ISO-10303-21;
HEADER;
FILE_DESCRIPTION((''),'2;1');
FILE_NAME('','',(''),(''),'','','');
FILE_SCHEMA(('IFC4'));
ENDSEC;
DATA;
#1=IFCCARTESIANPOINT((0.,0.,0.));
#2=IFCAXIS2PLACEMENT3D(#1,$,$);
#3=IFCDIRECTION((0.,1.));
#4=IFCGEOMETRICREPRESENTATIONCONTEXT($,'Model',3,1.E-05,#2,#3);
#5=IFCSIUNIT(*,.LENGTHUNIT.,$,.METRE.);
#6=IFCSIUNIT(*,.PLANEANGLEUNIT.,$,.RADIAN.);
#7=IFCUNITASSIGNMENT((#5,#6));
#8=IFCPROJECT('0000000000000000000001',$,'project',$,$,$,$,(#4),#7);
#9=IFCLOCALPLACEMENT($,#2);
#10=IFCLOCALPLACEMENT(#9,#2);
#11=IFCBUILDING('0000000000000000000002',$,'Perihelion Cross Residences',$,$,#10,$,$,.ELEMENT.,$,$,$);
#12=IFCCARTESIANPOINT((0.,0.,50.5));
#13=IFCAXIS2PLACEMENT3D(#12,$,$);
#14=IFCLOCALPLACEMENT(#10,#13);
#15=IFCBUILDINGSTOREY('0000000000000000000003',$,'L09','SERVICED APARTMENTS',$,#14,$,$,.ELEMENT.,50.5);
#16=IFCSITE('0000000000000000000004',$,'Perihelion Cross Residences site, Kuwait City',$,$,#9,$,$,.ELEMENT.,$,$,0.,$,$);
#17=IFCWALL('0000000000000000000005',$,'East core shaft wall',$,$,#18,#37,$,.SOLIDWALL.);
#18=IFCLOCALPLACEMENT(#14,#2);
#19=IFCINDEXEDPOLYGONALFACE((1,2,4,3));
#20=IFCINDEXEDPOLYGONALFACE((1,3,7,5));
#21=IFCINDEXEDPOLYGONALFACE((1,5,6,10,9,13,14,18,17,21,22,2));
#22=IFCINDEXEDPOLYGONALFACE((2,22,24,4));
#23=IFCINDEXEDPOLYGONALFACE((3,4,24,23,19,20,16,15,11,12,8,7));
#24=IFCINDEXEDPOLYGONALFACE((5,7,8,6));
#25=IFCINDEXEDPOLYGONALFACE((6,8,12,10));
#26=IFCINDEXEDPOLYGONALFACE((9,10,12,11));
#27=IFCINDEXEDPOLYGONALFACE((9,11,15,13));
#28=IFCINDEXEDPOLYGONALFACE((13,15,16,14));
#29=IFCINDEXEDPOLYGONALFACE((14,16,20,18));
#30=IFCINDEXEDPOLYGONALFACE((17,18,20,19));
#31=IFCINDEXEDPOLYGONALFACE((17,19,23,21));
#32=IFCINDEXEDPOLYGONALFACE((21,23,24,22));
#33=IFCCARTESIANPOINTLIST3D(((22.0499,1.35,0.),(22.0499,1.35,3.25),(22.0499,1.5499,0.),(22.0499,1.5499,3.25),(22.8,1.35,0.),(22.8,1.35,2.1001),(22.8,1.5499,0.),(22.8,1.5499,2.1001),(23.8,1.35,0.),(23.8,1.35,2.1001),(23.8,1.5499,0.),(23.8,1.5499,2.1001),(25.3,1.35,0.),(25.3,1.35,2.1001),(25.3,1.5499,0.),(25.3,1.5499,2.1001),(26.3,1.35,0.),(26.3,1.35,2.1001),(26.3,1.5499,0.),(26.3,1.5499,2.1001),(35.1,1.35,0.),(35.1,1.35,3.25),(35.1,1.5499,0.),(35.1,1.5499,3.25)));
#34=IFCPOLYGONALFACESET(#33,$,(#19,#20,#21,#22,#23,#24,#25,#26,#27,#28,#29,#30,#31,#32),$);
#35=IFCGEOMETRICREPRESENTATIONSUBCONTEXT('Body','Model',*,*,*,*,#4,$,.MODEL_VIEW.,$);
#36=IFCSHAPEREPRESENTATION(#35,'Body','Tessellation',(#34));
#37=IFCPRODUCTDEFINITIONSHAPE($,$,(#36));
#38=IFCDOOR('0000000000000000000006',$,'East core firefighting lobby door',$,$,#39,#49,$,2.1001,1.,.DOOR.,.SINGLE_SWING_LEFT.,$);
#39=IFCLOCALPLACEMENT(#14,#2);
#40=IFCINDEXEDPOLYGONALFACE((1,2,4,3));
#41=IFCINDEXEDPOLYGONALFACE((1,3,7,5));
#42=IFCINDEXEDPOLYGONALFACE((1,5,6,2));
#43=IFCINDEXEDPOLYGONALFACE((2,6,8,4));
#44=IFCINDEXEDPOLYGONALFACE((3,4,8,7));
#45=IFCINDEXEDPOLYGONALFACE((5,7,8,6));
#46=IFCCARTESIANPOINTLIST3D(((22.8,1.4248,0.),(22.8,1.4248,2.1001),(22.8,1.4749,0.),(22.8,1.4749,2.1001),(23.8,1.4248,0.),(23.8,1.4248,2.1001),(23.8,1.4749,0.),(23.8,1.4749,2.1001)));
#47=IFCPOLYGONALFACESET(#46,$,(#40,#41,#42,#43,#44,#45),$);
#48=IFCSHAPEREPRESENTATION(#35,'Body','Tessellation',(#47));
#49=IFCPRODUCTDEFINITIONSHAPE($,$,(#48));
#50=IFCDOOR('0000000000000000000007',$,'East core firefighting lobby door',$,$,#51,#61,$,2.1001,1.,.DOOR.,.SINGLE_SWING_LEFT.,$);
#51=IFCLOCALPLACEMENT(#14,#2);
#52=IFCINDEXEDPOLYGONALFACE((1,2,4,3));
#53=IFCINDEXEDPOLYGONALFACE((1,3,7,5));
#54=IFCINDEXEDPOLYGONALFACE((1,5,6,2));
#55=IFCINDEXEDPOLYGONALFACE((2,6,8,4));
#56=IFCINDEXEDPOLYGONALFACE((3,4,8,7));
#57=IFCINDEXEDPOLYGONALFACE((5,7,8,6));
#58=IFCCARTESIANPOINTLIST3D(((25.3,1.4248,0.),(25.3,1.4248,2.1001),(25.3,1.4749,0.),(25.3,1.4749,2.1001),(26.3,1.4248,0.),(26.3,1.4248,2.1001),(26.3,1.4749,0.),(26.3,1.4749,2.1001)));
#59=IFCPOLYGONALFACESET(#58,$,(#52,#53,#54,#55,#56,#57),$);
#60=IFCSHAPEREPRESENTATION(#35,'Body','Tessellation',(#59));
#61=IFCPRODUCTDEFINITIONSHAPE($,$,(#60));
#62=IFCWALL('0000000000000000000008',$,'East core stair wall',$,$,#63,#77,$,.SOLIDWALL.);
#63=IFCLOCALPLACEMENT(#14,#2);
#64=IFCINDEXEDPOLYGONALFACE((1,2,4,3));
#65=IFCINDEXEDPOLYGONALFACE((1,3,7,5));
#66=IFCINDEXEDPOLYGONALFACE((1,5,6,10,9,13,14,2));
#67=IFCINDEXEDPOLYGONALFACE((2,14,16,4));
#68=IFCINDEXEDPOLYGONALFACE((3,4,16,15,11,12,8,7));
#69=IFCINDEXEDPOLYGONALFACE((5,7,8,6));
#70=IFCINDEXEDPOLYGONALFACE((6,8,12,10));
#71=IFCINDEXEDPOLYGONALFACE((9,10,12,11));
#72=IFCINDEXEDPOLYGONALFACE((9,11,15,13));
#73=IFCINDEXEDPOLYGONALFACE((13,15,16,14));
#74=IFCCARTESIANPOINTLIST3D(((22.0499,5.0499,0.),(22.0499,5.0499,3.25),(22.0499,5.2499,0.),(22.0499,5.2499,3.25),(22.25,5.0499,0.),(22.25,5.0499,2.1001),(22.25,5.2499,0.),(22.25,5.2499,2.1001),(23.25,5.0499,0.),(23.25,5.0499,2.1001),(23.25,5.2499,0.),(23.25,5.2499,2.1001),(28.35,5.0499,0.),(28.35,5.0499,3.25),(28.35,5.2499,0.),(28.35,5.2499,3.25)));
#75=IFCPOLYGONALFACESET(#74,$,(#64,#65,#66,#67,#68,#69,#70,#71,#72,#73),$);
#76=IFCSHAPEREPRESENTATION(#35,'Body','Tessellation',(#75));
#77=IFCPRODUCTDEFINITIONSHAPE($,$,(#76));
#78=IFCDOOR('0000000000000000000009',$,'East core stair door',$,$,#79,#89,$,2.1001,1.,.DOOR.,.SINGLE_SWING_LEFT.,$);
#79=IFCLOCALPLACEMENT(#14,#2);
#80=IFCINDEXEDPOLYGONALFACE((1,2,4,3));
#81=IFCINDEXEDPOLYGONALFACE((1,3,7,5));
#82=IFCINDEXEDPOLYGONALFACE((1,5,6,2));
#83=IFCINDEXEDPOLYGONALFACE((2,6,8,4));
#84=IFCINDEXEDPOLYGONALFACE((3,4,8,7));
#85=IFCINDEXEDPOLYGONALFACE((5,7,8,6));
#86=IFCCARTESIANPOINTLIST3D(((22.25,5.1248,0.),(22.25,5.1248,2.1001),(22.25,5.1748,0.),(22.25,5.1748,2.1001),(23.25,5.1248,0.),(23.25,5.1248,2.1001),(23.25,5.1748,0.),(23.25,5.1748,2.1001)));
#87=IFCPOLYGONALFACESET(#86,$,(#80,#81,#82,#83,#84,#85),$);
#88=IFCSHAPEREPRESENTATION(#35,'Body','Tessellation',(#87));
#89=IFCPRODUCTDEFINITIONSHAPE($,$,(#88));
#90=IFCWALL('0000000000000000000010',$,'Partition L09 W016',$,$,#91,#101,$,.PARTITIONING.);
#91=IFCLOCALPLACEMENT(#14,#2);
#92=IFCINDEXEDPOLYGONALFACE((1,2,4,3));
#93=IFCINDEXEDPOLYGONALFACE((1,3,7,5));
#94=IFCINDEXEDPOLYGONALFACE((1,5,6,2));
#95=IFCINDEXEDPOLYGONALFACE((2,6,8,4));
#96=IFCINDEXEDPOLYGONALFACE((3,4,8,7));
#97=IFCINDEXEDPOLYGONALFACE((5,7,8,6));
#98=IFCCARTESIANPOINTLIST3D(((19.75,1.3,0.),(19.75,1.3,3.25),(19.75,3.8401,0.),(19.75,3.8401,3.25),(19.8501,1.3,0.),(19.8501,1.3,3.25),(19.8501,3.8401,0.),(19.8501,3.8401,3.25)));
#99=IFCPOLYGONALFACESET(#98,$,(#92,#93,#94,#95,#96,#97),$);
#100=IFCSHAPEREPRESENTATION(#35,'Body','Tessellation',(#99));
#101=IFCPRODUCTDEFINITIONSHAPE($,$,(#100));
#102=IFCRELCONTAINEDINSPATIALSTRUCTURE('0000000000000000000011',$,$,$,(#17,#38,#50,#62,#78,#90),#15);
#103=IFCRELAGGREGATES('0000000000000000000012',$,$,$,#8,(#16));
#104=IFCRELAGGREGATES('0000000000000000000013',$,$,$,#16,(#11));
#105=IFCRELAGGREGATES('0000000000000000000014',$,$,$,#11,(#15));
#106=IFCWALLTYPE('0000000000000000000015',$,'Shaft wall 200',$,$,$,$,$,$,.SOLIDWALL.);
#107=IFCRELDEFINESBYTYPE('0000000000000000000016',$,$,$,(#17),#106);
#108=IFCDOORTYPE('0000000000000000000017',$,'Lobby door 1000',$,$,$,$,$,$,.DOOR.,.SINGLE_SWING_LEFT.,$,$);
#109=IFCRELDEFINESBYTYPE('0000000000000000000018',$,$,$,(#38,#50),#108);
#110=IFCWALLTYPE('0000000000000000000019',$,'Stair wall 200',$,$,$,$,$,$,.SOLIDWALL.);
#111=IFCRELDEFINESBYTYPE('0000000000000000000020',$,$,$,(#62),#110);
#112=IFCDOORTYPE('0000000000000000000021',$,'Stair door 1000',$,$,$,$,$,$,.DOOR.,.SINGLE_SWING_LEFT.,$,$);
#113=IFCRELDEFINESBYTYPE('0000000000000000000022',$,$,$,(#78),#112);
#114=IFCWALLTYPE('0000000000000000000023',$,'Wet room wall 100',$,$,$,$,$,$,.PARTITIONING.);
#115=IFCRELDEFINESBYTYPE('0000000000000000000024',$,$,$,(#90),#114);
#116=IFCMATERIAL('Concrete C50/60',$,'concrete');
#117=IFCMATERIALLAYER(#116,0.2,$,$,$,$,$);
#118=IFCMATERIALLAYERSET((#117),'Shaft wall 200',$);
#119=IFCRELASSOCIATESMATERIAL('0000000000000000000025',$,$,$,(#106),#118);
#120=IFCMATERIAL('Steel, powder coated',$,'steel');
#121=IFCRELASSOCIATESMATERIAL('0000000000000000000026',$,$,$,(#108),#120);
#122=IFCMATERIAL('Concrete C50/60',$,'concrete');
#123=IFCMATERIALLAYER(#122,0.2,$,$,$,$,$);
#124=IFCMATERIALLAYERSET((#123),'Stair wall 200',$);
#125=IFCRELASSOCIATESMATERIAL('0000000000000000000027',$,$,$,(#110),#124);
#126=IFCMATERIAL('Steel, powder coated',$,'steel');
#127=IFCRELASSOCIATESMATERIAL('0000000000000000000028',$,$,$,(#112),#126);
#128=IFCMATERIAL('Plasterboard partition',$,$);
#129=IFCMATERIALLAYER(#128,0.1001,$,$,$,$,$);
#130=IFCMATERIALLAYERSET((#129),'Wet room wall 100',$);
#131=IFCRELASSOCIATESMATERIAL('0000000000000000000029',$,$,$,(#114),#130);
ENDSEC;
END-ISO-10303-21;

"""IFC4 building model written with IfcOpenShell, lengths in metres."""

from ifc_helpers import new_model, si_unit, direction, frame, frame_2d, origin, place, context, subcontext, project, spatial, rectangle, extrude, material, layer, layer_set, type_object, element, fill, save


model = new_model("IFC4")

# Units and contexts
model_context = context("Model", 3, precision=1e-05, world=origin(), true_north=direction((0.0, 1.0)))
body_context = subcontext(model_context, "Body", "Model", "MODEL_VIEW")
ifc_project = project(units=[si_unit("LENGTHUNIT", "METRE"), si_unit("PLANEANGLEUNIT", "RADIAN")], contexts=[model_context])

# Site, building, storey
site_placement = place(None, origin())
site = spatial("IfcSite", under=ifc_project, at=site_placement, Name="Perihelion Cross Residences site, Kuwait City", CompositionType="ELEMENT", RefElevation=0.0)
building_placement = place(site_placement, origin())
building = spatial("IfcBuilding", under=site, at=building_placement, Name="Perihelion Cross Residences", CompositionType="ELEMENT")
storey_placement = place(building_placement, frame((0.0, 0.0, 50.5)))
storey = spatial("IfcBuildingStorey", under=building, at=storey_placement, Name="L09", Description="SERVICED APARTMENTS", CompositionType="ELEMENT", Elevation=50.5)

# Wall, openings, doors
ifc_material_1 = material(Name="Concrete C50/60", Category="concrete")
ifc_layer_1 = layer(ifc_material_1, 0.2)
ifc_layer_set_1 = layer_set([ifc_layer_1], Name="Shaft wall 200")
wall_type_1 = type_object("IfcWallType", Name="Shaft wall 200", PredefinedType="SOLIDWALL", material=ifc_layer_set_1)
wall_1_placement = place(storey_placement, frame((22.05, 1.45, 0.0), z_axis=(0.0, 0.0, 1.0), x_axis=(1.0, 0.0, 0.0)))
wall_1 = element("IfcWall", 1, at=wall_1_placement, inside=storey, type_object=wall_type_1, Name="East core shaft wall", PredefinedType="SOLIDWALL", context=body_context, shape_type="SweptSolid", body=[
    extrude(rectangle(XDim=13.05, YDim=0.2, at=frame_2d((6.5249, 0.0))), origin(), (0.0, 0.0, 1.0), 3.25),
])
opening_1_placement = place(wall_1_placement, frame((0.75, 0.0, 0.0)))
opening_1 = element("IfcOpeningElement", 2, at=opening_1_placement, cuts=wall_1, PredefinedType="OPENING", context=body_context, shape_type="SweptSolid", body=[
    extrude(rectangle(XDim=1.0, YDim=2.1001, at=frame_2d((0.5, 1.05))), frame((0.0, 0.1099, 0.0), z_axis=(0.0, -1.0, 0.0), x_axis=(1.0, 0.0, 0.0)), (0.0, 0.0, 1.0), 0.22),
])
opening_2_placement = place(wall_1_placement, frame((3.25, 0.0, 0.0)))
opening_2 = element("IfcOpeningElement", 3, at=opening_2_placement, cuts=wall_1, PredefinedType="OPENING", context=body_context, shape_type="SweptSolid", body=[
    extrude(rectangle(XDim=1.0, YDim=2.1001, at=frame_2d((0.5, 1.05))), frame((0.0, 0.1099, 0.0), z_axis=(0.0, -1.0, 0.0), x_axis=(1.0, 0.0, 0.0)), (0.0, 0.0, 1.0), 0.22),
])
ifc_material_2 = material(Name="Steel, powder coated", Category="steel")
door_type_1 = type_object("IfcDoorType", Name="Lobby door 1000", OperationType="SINGLE_SWING_LEFT", PredefinedType="DOOR", material=ifc_material_2)
door_1_placement = place(opening_1_placement, origin())
door_1 = element("IfcDoor", 4, at=door_1_placement, inside=storey, type_object=door_type_1, Name="East core firefighting lobby door", OperationType="SINGLE_SWING_LEFT", OverallHeight=2.1001, OverallWidth=1.0, PredefinedType="DOOR", context=body_context, shape_type="SweptSolid", body=[
    extrude(rectangle(XDim=1.0, YDim=2.1001, at=frame_2d((0.5, 1.05))), frame((0.0, 0.0249, 0.0), z_axis=(0.0, -1.0, 0.0), x_axis=(1.0, 0.0, 0.0)), (0.0, 0.0, 1.0), 0.05),
])
fill(opening_1, door_1)
door_2_placement = place(opening_2_placement, origin())
door_2 = element("IfcDoor", 5, at=door_2_placement, inside=storey, type_object=door_type_1, Name="East core firefighting lobby door", OperationType="SINGLE_SWING_LEFT", OverallHeight=2.1001, OverallWidth=1.0, PredefinedType="DOOR", context=body_context, shape_type="SweptSolid", body=[
    extrude(rectangle(XDim=1.0, YDim=2.1001, at=frame_2d((0.5, 1.05))), frame((0.0, 0.0249, 0.0), z_axis=(0.0, -1.0, 0.0), x_axis=(1.0, 0.0, 0.0)), (0.0, 0.0, 1.0), 0.05),
])
fill(opening_2, door_2)

# Wall, opening, door
ifc_material_3 = material(Name="Concrete C50/60", Category="concrete")
ifc_layer_2 = layer(ifc_material_3, 0.2)
ifc_layer_set_2 = layer_set([ifc_layer_2], Name="Stair wall 200")
wall_type_2 = type_object("IfcWallType", Name="Stair wall 200", PredefinedType="SOLIDWALL", material=ifc_layer_set_2)
wall_2_placement = place(storey_placement, frame((22.05, 5.1499, 0.0), z_axis=(0.0, 0.0, 1.0), x_axis=(1.0, 0.0, 0.0)))
wall_2 = element("IfcWall", 6, at=wall_2_placement, inside=storey, type_object=wall_type_2, Name="East core stair wall", PredefinedType="SOLIDWALL", context=body_context, shape_type="SweptSolid", body=[
    extrude(rectangle(XDim=6.3, YDim=0.2, at=frame_2d((3.1499, 0.0))), origin(), (0.0, 0.0, 1.0), 3.25),
])
opening_3_placement = place(wall_2_placement, frame((0.2, 0.0, 0.0)))
opening_3 = element("IfcOpeningElement", 7, at=opening_3_placement, cuts=wall_2, PredefinedType="OPENING", context=body_context, shape_type="SweptSolid", body=[
    extrude(rectangle(XDim=1.0, YDim=2.1001, at=frame_2d((0.5, 1.05))), frame((0.0, 0.1099, 0.0), z_axis=(0.0, -1.0, 0.0), x_axis=(1.0, 0.0, 0.0)), (0.0, 0.0, 1.0), 0.22),
])
ifc_material_4 = material(Name="Steel, powder coated", Category="steel")
door_type_2 = type_object("IfcDoorType", Name="Stair door 1000", OperationType="SINGLE_SWING_LEFT", PredefinedType="DOOR", material=ifc_material_4)
door_3_placement = place(opening_3_placement, origin())
door_3 = element("IfcDoor", 8, at=door_3_placement, inside=storey, type_object=door_type_2, Name="East core stair door", OperationType="SINGLE_SWING_LEFT", OverallHeight=2.1001, OverallWidth=1.0, PredefinedType="DOOR", context=body_context, shape_type="SweptSolid", body=[
    extrude(rectangle(XDim=1.0, YDim=2.1001, at=frame_2d((0.5, 1.05))), frame((0.0, 0.0249, 0.0), z_axis=(0.0, -1.0, 0.0), x_axis=(1.0, 0.0, 0.0)), (0.0, 0.0, 1.0), 0.05),
])
fill(opening_3, door_3)

# Wall
ifc_material_5 = material(Name="Plasterboard partition")
ifc_layer_3 = layer(ifc_material_5, 0.1001)
ifc_layer_set_3 = layer_set([ifc_layer_3], Name="Wet room wall 100")
wall_type_3 = type_object("IfcWallType", Name="Wet room wall 100", PredefinedType="PARTITIONING", material=ifc_layer_set_3)
wall_3_placement = place(storey_placement, frame((19.8, 3.8401, 0.0), z_axis=(0.0, 0.0, 1.0), x_axis=(0.0, -1.0, 0.0)))
element("IfcWall", 9, at=wall_3_placement, inside=storey, type_object=wall_type_3, Name="Partition L09 W016", PredefinedType="PARTITIONING", context=body_context, shape_type="SweptSolid", body=[
    extrude(rectangle(XDim=2.54, YDim=0.1001, at=frame_2d((1.27, 0.0))), origin(), (0.0, 0.0, 1.0), 3.25),
])

save(model, "model.ifc")
